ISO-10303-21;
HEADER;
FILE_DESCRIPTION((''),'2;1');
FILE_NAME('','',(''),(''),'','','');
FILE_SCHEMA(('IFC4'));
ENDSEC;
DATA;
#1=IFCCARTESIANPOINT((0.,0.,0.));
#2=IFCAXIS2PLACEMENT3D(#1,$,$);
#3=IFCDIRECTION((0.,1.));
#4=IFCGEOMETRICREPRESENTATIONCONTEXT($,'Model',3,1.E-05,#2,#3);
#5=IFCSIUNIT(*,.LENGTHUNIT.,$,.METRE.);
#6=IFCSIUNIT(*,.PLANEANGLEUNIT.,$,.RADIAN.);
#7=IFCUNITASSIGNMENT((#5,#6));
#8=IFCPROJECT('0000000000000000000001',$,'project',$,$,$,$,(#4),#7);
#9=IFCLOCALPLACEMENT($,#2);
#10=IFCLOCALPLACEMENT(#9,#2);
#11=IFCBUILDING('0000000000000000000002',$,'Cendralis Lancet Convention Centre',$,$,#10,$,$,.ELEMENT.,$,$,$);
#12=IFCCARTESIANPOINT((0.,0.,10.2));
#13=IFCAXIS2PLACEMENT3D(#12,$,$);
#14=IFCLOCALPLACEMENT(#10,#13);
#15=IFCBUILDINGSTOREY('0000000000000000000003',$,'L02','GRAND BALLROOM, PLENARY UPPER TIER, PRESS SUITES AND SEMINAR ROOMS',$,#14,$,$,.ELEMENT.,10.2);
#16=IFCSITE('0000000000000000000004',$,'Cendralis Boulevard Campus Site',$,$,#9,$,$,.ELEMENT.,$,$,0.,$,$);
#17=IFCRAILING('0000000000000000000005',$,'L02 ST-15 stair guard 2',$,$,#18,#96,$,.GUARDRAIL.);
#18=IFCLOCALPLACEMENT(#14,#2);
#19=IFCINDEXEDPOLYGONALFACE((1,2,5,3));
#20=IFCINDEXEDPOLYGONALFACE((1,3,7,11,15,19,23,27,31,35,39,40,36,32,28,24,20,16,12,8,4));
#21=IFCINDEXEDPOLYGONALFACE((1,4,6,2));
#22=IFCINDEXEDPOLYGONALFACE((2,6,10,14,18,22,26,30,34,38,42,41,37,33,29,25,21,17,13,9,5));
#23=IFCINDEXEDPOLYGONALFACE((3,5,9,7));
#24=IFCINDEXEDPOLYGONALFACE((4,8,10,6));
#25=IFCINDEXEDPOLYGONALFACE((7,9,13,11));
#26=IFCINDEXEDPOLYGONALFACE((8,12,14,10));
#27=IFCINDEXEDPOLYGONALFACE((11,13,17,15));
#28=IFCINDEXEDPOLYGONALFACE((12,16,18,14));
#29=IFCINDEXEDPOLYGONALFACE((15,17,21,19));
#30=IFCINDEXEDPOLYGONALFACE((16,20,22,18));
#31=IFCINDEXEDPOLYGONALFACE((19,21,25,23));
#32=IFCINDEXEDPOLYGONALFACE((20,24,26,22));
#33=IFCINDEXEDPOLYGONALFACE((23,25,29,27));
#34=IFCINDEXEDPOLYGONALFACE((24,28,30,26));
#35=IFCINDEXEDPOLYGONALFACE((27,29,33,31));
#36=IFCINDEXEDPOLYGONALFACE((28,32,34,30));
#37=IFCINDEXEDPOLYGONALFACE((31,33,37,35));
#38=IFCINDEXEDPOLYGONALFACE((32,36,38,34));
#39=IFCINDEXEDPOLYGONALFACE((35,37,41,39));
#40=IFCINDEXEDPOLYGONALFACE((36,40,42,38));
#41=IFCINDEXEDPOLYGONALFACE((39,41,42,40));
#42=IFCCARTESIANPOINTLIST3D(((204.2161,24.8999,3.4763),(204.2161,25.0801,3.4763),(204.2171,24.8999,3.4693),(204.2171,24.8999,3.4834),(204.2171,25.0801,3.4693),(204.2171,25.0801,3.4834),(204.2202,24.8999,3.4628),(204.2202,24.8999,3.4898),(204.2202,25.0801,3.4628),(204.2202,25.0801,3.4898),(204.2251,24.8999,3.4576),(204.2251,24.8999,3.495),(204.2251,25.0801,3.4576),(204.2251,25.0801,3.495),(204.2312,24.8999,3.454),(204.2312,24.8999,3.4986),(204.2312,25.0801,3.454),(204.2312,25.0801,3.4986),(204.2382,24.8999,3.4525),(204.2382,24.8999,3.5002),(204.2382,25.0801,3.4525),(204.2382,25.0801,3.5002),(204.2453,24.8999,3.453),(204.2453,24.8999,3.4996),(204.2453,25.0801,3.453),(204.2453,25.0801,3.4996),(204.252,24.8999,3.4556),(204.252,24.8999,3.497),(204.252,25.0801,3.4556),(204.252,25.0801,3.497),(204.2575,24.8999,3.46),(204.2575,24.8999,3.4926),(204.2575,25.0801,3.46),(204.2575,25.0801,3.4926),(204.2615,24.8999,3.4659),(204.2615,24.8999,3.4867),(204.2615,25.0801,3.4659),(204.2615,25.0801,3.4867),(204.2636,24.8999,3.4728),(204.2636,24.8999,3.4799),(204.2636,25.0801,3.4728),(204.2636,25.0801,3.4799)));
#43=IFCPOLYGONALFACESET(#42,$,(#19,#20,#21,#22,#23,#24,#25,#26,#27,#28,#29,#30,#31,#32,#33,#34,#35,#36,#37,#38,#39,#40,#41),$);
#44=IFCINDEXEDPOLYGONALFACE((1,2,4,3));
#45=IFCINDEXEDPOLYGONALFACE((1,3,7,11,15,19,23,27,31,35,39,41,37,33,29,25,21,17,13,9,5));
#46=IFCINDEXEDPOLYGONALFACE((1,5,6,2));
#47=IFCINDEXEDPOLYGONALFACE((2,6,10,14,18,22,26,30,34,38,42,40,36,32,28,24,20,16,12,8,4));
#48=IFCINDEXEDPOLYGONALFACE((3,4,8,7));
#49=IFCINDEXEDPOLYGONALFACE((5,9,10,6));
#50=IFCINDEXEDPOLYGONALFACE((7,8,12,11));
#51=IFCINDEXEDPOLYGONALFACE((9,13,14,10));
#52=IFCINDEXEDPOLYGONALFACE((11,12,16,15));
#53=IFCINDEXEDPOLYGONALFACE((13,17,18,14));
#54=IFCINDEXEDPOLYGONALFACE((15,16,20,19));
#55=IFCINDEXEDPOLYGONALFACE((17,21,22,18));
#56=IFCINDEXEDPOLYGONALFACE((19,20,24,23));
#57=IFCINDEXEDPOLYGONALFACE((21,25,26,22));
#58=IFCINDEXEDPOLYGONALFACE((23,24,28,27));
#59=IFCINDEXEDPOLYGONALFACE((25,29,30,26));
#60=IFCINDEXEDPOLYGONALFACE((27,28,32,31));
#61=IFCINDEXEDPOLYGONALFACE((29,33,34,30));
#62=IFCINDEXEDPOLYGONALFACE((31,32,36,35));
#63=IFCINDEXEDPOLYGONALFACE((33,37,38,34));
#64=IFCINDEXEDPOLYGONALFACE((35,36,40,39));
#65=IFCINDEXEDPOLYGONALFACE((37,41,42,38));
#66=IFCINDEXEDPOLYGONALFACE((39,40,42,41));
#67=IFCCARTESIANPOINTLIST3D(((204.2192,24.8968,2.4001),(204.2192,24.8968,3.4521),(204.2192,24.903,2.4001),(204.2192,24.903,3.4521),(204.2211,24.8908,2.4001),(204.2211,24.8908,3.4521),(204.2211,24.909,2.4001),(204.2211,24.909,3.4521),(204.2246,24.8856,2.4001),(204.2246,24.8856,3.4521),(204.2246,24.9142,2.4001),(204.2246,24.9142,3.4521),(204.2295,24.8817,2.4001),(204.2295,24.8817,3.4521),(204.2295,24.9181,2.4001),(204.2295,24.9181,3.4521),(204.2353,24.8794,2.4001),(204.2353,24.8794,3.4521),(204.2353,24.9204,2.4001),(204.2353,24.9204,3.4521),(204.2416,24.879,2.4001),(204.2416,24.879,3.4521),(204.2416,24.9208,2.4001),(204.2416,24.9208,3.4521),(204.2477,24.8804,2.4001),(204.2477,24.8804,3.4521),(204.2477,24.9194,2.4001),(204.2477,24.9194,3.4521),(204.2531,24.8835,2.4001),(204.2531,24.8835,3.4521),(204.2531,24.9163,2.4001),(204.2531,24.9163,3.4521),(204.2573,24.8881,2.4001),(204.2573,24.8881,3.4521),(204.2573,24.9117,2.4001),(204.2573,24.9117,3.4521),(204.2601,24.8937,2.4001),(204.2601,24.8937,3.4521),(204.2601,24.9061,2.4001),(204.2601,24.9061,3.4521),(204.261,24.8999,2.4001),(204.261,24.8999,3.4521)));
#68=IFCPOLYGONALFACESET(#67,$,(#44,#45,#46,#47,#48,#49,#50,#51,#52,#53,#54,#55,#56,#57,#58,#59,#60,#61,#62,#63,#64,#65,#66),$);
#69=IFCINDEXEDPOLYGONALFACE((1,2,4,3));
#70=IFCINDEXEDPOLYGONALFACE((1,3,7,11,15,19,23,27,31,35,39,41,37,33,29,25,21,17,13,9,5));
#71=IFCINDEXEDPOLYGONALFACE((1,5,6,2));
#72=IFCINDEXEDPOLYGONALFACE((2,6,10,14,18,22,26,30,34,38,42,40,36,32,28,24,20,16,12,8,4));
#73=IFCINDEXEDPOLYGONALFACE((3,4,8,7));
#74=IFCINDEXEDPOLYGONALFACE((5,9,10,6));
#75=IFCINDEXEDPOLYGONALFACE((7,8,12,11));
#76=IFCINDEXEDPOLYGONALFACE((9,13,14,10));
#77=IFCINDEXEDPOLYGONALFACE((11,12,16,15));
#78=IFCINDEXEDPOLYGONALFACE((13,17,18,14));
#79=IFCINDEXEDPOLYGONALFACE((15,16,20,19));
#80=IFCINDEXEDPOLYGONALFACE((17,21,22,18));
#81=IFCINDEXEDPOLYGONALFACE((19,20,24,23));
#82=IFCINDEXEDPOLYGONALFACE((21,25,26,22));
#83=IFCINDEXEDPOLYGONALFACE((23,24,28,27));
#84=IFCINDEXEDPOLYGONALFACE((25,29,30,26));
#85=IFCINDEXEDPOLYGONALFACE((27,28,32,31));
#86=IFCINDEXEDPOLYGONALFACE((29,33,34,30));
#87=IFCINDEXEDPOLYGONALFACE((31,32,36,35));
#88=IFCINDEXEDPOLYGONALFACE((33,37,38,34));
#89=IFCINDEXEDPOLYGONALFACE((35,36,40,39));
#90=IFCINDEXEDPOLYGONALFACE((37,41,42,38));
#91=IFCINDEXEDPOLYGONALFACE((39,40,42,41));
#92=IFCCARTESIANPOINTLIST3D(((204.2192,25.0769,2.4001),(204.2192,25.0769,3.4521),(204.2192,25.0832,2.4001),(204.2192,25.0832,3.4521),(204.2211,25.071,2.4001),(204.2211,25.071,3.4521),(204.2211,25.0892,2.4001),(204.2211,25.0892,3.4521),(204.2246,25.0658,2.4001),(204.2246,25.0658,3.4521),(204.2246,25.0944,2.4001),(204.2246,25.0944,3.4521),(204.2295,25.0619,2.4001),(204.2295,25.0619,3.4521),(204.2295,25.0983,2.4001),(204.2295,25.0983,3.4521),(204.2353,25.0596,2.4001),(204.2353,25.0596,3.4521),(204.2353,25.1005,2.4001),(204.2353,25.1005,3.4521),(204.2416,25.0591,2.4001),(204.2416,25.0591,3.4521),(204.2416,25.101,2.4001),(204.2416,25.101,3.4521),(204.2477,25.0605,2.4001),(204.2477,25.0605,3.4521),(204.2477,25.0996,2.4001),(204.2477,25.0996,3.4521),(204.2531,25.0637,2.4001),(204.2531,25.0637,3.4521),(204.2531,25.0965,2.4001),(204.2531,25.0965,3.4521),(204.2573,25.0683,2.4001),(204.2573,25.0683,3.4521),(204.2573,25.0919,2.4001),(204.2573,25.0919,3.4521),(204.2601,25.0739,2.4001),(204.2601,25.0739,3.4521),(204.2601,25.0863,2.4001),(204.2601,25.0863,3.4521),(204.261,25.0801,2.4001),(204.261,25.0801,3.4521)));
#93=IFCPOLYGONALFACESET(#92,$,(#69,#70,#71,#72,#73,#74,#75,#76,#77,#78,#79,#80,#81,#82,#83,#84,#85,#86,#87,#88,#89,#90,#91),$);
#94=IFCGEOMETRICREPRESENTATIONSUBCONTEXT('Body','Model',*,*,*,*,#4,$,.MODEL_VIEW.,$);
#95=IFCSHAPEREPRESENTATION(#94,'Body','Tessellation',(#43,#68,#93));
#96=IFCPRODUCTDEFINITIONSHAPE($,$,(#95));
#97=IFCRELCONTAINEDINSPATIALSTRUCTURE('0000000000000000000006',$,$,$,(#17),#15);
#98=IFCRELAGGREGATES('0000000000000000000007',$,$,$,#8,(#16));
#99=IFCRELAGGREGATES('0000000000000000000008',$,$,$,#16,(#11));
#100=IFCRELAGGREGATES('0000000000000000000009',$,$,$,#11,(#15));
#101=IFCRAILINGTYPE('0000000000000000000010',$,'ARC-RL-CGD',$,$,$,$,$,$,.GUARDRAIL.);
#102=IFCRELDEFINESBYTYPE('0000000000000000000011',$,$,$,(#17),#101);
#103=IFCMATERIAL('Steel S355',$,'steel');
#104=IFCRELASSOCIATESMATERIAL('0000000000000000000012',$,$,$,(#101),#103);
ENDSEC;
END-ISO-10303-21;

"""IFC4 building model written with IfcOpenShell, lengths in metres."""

from ifc_helpers import new_model, si_unit, direction, frame, origin, origin_2d, place, context, subcontext, project, spatial, circle, extrude, material, type_object, element, save


model = new_model("IFC4")

# Units and contexts
model_context = context("Model", 3, precision=1e-05, world=origin(), true_north=direction((0.0, 1.0)))
body_context = subcontext(model_context, "Body", "Model", "MODEL_VIEW")
ifc_project = project(units=[si_unit("LENGTHUNIT", "METRE"), si_unit("PLANEANGLEUNIT", "RADIAN")], contexts=[model_context])

# Site, building, storey
site_placement = place(None, origin())
site = spatial("IfcSite", under=ifc_project, at=site_placement, Name="Cendralis Boulevard Campus Site", CompositionType="ELEMENT", RefElevation=0.0)
building_placement = place(site_placement, origin())
building = spatial("IfcBuilding", under=site, at=building_placement, Name="Cendralis Lancet Convention Centre", CompositionType="ELEMENT")
storey_placement = place(building_placement, frame((0.0, 0.0, 10.2)))
storey = spatial("IfcBuildingStorey", under=building, at=storey_placement, Name="L02", Description="GRAND BALLROOM, PLENARY UPPER TIER, PRESS SUITES AND SEMINAR ROOMS", CompositionType="ELEMENT", Elevation=10.2)

# Shared definitions
ifc_material_1 = material(Name="Steel S355", Category="steel")

# Railing
railing_type_1 = type_object("IfcRailingType", Name="ARC-RL-CGD", PredefinedType="GUARDRAIL", material=ifc_material_1)
railing_1_placement = place(storey_placement, frame((204.24, 24.8999, 2.4001)))
element("IfcRailing", 1, at=railing_1_placement, inside=storey, type_object=railing_type_1, Name="L02 ST-15 stair guard 2", PredefinedType="GUARDRAIL", context=body_context, shape_type="SweptSolid", body=[
    extrude(circle(Radius=0.0239, at=origin_2d()), frame((0.0, 0.0, 1.0762), z_axis=(0.0, 1.0, 0.0), x_axis=(-1.0, 0.0, 0.0)), (0.0, 0.0, 1.0), 0.1802),
    extrude(circle(Radius=0.021, at=origin_2d()), origin(), (0.0, 0.0, 1.0), 1.052),
    extrude(circle(Radius=0.021, at=origin_2d()), frame((0.0, 0.1802, 0.0)), (0.0, 0.0, 1.0), 1.052),
])

save(model, "model.ifc")
